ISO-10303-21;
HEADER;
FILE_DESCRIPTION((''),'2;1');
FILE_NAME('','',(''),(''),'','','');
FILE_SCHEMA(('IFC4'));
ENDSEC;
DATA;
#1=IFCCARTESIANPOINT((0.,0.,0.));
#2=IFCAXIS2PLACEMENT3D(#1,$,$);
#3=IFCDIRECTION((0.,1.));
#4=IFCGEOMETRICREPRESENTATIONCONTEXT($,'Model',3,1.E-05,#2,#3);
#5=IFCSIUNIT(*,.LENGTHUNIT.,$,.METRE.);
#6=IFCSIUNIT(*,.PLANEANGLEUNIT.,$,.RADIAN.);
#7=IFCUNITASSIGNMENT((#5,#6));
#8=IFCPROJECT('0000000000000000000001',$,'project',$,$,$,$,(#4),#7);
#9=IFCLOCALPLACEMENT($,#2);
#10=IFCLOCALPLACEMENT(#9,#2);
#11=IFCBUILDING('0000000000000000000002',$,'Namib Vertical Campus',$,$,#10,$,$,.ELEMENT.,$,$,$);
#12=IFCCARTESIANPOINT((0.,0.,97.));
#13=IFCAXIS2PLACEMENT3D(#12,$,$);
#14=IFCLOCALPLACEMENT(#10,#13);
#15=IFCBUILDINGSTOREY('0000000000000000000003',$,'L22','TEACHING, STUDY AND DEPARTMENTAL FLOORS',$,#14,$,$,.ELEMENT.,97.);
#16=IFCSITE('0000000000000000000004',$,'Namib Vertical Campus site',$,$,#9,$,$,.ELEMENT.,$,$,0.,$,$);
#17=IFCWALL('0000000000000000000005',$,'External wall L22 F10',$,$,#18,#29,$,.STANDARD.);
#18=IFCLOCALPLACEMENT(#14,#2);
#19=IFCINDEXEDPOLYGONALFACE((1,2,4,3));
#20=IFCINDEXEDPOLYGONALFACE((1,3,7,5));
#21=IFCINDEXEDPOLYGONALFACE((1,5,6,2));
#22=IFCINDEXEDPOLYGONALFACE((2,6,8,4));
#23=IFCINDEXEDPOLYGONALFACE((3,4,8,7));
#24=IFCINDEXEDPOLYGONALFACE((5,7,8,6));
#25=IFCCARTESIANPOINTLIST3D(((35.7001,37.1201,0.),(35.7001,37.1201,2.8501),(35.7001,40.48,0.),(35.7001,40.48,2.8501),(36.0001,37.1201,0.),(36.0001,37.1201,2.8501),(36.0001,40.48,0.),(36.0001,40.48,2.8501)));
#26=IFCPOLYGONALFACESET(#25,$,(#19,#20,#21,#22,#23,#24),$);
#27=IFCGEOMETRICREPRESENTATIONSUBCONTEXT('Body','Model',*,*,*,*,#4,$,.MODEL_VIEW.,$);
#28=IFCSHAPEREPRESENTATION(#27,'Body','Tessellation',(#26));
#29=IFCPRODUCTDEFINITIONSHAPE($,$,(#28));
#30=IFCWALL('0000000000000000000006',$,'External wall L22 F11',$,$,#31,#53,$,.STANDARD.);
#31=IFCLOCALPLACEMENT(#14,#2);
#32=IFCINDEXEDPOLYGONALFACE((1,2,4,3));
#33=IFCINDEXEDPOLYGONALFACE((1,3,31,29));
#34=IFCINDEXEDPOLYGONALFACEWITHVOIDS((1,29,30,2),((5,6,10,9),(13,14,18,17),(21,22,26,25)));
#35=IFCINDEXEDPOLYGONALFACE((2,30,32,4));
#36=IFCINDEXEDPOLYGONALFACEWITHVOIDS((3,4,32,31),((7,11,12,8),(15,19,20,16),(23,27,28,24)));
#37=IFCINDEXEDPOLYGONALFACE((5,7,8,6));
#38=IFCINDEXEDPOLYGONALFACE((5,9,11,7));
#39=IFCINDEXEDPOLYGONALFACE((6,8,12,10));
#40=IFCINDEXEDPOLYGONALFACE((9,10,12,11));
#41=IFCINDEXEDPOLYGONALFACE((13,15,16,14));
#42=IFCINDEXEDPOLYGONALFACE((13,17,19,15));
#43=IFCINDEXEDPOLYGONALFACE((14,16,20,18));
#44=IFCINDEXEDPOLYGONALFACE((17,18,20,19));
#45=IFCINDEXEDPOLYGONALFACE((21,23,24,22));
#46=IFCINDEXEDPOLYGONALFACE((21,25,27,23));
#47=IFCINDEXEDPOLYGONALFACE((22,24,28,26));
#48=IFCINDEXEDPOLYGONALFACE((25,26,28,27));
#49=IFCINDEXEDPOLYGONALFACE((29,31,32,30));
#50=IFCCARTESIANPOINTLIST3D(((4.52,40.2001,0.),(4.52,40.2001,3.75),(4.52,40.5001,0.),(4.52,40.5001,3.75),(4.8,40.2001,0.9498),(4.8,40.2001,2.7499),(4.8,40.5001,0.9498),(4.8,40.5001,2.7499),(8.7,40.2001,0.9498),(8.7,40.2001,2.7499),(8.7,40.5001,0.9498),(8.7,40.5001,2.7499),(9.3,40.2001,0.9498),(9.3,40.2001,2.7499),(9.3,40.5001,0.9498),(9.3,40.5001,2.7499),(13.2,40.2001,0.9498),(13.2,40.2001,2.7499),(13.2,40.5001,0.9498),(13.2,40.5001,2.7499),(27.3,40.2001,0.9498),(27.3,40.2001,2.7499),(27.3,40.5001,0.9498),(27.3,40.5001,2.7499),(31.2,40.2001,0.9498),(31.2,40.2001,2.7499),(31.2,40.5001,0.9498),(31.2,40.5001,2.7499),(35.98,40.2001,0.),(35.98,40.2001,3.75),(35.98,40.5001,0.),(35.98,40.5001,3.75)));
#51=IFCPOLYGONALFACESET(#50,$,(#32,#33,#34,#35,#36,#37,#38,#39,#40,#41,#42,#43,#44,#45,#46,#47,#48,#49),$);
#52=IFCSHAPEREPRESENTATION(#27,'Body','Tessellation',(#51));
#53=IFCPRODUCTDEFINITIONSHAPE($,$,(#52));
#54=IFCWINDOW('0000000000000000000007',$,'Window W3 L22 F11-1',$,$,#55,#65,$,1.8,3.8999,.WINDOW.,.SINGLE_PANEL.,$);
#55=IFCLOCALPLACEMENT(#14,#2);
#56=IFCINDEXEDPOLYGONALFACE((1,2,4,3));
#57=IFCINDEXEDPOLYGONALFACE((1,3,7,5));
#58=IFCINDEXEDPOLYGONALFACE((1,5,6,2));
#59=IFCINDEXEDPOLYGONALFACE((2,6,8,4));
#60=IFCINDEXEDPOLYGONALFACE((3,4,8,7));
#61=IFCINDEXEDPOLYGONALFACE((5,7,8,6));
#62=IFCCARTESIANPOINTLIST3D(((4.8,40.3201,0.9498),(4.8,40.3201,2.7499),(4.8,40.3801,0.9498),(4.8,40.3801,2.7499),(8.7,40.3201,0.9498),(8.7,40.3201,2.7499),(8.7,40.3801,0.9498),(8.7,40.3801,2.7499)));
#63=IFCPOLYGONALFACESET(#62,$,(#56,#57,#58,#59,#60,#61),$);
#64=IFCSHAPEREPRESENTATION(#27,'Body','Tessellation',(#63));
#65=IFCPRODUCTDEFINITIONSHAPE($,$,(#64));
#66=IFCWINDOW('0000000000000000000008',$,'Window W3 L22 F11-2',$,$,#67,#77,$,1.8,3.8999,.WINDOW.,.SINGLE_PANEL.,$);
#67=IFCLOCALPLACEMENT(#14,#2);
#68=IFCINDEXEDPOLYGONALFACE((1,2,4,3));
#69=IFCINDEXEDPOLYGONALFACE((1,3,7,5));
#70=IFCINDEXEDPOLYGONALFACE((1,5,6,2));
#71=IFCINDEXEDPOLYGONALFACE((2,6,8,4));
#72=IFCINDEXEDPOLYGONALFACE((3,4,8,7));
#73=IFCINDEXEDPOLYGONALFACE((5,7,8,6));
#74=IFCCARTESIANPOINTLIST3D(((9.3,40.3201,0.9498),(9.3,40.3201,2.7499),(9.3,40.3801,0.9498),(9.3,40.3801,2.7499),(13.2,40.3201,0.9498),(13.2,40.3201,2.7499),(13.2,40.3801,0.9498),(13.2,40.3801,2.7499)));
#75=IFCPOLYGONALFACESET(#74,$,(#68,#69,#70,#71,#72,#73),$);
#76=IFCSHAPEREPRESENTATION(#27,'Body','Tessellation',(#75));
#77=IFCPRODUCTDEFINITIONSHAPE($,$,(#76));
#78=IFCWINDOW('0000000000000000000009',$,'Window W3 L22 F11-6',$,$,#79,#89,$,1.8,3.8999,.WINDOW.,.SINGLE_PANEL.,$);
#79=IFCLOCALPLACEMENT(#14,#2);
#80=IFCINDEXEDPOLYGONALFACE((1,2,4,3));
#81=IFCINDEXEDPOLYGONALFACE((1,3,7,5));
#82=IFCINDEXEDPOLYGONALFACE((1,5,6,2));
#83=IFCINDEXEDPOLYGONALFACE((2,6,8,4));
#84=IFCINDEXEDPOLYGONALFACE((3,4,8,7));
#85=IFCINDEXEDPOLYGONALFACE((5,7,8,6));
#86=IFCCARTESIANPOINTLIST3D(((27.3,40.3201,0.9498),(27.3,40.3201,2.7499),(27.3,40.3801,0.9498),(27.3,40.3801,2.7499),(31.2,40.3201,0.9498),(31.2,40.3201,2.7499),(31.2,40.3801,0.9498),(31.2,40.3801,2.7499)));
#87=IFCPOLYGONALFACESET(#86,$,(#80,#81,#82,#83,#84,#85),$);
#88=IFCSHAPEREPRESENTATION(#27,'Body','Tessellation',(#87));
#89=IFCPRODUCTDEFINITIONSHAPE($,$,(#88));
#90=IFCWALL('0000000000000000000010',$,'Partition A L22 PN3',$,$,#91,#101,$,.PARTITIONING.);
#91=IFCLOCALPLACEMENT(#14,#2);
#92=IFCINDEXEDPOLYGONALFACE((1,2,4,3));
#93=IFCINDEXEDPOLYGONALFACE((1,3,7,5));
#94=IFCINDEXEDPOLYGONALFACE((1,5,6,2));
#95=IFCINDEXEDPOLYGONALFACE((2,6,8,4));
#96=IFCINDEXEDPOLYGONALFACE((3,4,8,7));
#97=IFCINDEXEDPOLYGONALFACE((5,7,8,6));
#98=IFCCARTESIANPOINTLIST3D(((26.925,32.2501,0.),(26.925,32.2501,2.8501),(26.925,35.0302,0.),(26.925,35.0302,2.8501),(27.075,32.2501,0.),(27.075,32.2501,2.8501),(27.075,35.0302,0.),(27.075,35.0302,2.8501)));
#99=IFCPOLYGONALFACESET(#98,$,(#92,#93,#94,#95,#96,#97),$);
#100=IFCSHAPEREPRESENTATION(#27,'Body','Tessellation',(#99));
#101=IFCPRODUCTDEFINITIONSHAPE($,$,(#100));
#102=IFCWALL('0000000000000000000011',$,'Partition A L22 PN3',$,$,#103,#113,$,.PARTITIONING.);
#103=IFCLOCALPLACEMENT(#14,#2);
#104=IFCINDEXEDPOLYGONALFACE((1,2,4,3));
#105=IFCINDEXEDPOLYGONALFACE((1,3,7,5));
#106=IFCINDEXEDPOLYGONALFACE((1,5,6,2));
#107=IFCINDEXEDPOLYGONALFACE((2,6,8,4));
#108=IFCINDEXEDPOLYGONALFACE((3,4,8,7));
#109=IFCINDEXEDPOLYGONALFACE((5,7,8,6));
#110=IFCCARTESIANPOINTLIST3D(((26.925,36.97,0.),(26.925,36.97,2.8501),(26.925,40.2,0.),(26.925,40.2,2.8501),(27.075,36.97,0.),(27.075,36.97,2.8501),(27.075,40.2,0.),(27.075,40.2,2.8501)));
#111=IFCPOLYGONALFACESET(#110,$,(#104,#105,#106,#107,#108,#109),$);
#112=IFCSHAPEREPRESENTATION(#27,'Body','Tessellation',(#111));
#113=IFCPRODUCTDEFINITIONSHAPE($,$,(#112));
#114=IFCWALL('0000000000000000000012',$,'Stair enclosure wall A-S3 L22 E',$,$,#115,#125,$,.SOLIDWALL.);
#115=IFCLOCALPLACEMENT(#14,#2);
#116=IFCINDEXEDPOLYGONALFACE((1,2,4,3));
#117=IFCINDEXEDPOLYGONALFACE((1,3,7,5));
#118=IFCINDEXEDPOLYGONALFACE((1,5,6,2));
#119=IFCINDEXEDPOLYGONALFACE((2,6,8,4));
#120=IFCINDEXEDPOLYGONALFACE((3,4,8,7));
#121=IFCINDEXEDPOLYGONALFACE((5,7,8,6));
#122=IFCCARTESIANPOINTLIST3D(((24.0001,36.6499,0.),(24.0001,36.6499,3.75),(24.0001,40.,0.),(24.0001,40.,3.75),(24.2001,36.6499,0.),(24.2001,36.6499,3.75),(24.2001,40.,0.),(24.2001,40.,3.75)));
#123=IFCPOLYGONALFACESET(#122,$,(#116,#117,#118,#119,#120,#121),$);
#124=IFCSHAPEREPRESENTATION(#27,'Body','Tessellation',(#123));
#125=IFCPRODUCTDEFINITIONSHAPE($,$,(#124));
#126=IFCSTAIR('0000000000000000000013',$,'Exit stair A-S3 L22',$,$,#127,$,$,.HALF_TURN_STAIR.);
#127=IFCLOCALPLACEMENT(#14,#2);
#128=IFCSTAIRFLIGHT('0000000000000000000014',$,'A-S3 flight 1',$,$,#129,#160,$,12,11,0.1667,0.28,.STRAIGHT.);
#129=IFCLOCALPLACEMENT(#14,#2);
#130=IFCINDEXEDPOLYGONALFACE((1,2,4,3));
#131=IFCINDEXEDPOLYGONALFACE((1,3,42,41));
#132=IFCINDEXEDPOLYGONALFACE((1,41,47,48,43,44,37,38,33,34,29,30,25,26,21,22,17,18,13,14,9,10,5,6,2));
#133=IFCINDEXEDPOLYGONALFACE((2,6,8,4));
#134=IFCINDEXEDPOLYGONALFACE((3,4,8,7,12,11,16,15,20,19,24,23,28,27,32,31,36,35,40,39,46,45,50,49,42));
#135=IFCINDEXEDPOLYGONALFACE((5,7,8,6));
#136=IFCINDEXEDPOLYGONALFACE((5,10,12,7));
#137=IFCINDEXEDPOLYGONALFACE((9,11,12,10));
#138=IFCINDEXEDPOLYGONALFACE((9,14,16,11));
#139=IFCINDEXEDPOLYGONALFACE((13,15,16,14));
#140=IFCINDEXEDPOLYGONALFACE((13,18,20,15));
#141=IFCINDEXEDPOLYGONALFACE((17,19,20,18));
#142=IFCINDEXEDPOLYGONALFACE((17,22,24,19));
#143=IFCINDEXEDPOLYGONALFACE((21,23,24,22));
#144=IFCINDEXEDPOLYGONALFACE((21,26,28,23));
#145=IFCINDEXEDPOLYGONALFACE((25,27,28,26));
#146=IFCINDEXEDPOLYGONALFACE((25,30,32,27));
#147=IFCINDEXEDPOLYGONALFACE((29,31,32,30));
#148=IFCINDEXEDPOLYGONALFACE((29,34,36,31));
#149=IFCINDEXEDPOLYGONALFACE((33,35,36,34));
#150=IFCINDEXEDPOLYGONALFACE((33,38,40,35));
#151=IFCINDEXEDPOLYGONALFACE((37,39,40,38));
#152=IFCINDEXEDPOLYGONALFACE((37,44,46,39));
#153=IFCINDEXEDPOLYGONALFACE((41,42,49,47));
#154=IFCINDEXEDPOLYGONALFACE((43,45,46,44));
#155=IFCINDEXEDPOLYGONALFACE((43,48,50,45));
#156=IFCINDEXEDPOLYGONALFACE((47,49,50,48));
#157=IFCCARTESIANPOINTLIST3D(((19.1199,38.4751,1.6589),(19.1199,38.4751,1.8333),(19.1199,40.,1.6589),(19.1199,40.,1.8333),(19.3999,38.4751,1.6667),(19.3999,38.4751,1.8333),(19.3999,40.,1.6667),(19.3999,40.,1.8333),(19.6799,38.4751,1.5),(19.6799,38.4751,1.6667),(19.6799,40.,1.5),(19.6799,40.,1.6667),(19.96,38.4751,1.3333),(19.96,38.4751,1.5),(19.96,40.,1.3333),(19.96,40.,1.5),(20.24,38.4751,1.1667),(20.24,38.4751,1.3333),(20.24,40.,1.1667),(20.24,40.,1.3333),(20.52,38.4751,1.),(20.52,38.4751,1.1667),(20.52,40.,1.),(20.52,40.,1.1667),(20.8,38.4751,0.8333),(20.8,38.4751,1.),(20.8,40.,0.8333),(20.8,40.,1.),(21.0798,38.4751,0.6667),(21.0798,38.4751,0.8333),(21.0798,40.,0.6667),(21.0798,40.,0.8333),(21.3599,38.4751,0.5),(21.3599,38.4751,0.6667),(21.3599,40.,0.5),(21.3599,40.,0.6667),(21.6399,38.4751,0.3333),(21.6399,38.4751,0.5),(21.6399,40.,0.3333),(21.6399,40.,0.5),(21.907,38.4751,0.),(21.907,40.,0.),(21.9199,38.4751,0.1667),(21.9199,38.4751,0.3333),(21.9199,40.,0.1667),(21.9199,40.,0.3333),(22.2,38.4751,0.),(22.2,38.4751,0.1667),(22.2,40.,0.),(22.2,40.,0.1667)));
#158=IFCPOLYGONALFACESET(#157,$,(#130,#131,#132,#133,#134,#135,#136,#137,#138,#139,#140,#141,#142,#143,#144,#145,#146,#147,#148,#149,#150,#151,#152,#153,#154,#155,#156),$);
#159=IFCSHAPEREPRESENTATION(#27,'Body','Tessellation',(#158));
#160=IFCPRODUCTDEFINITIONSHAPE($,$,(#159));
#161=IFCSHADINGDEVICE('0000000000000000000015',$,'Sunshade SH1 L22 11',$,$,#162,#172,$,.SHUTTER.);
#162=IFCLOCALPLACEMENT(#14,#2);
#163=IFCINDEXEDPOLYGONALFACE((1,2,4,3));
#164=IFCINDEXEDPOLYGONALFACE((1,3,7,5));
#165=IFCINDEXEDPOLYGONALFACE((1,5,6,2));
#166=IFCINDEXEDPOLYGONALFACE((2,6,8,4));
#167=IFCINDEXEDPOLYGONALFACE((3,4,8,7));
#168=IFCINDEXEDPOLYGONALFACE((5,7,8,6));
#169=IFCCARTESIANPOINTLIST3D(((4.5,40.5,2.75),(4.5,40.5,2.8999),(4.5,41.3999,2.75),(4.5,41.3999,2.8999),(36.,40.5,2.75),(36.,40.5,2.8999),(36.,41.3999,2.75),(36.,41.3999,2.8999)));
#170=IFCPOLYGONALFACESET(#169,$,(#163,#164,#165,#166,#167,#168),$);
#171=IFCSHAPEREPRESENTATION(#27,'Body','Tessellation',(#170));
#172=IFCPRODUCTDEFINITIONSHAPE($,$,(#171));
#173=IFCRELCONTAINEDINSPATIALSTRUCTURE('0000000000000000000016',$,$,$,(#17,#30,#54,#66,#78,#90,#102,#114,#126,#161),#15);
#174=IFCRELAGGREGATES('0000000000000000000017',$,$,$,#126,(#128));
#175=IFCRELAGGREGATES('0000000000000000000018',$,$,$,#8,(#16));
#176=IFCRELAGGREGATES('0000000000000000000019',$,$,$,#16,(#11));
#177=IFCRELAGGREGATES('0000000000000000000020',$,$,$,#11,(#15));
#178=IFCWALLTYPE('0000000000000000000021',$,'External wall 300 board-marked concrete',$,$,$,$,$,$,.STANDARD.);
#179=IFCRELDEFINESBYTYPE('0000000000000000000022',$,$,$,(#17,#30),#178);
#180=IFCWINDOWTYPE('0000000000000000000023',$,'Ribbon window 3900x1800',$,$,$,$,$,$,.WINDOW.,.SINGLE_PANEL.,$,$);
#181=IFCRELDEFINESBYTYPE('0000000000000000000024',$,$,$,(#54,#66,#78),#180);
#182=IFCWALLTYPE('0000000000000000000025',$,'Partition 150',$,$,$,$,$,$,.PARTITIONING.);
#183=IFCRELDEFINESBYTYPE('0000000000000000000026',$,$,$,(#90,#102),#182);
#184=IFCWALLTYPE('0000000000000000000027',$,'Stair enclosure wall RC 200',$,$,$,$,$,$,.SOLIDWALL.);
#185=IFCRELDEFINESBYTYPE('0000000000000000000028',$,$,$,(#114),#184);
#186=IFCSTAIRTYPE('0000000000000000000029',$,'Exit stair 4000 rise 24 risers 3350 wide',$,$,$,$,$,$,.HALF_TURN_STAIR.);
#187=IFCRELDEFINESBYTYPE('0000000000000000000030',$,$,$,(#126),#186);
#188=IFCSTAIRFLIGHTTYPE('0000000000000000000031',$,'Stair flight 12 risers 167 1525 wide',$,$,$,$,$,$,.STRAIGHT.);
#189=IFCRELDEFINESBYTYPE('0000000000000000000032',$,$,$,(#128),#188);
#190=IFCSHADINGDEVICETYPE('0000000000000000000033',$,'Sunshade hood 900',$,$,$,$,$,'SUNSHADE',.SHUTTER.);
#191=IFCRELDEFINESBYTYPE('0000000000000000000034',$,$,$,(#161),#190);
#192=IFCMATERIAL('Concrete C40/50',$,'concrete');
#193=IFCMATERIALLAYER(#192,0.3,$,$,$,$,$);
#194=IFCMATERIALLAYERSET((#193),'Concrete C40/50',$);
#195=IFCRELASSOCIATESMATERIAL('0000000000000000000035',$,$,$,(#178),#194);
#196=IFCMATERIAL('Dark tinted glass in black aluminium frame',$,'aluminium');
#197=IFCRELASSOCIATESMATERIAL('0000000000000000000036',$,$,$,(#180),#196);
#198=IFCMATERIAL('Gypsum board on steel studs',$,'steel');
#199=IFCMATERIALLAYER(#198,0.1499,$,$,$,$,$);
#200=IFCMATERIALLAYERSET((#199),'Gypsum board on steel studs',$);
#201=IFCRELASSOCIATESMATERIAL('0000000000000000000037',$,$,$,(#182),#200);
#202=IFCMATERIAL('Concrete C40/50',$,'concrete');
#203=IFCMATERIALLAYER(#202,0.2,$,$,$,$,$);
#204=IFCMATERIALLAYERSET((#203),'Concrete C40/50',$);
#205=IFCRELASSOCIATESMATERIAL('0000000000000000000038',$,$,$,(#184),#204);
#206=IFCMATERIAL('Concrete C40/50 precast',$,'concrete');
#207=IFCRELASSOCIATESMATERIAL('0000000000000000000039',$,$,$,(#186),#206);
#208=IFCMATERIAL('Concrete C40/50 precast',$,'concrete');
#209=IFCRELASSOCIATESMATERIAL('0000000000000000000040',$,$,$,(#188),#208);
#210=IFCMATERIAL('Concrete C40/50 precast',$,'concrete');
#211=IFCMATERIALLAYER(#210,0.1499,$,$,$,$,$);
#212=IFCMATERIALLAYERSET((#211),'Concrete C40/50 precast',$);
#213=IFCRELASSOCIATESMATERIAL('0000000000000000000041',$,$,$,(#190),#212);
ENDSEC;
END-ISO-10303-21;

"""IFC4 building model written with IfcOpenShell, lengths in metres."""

from ifc_helpers import new_model, si_unit, direction, frame, frame_2d, origin, origin_2d, place, context, subcontext, project, spatial, polyline, rectangle, outline, extrude, material, layer, layer_set, type_object, element, fill, aggregate, save


model = new_model("IFC4")

# Units and contexts
model_context = context("Model", 3, precision=1e-05, world=origin(), true_north=direction((0.0, 1.0)))
body_context = subcontext(model_context, "Body", "Model", "MODEL_VIEW")
ifc_project = project(units=[si_unit("LENGTHUNIT", "METRE"), si_unit("PLANEANGLEUNIT", "RADIAN")], contexts=[model_context])

# Site, building, storey
site_placement = place(None, origin())
site = spatial("IfcSite", under=ifc_project, at=site_placement, Name="Namib Vertical Campus site", CompositionType="ELEMENT", RefElevation=0.0)
building_placement = place(site_placement, origin())
building = spatial("IfcBuilding", under=site, at=building_placement, Name="Namib Vertical Campus", CompositionType="ELEMENT")
storey_placement = place(building_placement, frame((0.0, 0.0, 97.0)))
storey = spatial("IfcBuildingStorey", under=building, at=storey_placement, Name="L22", Description="TEACHING, STUDY AND DEPARTMENTAL FLOORS", CompositionType="ELEMENT", Elevation=97.0)

# Wall
ifc_material_1 = material(Name="Concrete C40/50", Category="concrete")
ifc_layer_1 = layer(ifc_material_1, 0.3)
ifc_layer_set_1 = layer_set([ifc_layer_1], Name="Concrete C40/50")
wall_type_1 = type_object("IfcWallType", Name="External wall 300 board-marked concrete", PredefinedType="STANDARD", material=ifc_layer_set_1)
wall_1_placement = place(storey_placement, frame((35.8501, 37.1201, 0.0), z_axis=(0.0, 0.0, 1.0), x_axis=(0.0, 1.0, 0.0)))
element("IfcWall", 1, at=wall_1_placement, inside=storey, type_object=wall_type_1, Name="External wall L22 F10", PredefinedType="STANDARD", context=body_context, shape_type="SweptSolid", body=[
    extrude(rectangle(XDim=3.3599, YDim=0.3, at=frame_2d((1.6799, 0.0))), origin(), (0.0, 0.0, 1.0), 2.8501),
])

# Wall, openings, windows
wall_2_placement = place(storey_placement, frame((35.98, 40.3501, 0.0), z_axis=(0.0, 0.0, 1.0), x_axis=(-1.0, 0.0, 0.0)))
wall_2 = element("IfcWall", 2, at=wall_2_placement, inside=storey, type_object=wall_type_1, Name="External wall L22 F11", PredefinedType="STANDARD", context=body_context, shape_type="SweptSolid", body=[
    extrude(rectangle(XDim=31.46, YDim=0.3, at=frame_2d((15.73, 0.0))), origin(), (0.0, 0.0, 1.0), 3.75),
])
opening_1_placement = place(wall_2_placement, frame((27.28, 0.0, 0.95)))
opening_1 = element("IfcOpeningElement", 3, at=opening_1_placement, cuts=wall_2, PredefinedType="OPENING", context=body_context, shape_type="SweptSolid", body=[
    extrude(rectangle(XDim=3.8999, YDim=1.8, at=frame_2d((1.95, 0.8999))), frame((0.0, 0.1599, 0.0), z_axis=(0.0, -1.0, 0.0), x_axis=(1.0, 0.0, 0.0)), (0.0, 0.0, 1.0), 0.3201),
])
opening_2_placement = place(wall_2_placement, frame((22.78, 0.0, 0.95)))
opening_2 = element("IfcOpeningElement", 4, at=opening_2_placement, cuts=wall_2, PredefinedType="OPENING", context=body_context, shape_type="SweptSolid", body=[
    extrude(rectangle(XDim=3.8999, YDim=1.8, at=frame_2d((1.95, 0.8999))), frame((0.0, 0.1599, 0.0), z_axis=(0.0, -1.0, 0.0), x_axis=(1.0, 0.0, 0.0)), (0.0, 0.0, 1.0), 0.3201),
])
opening_3_placement = place(wall_2_placement, frame((4.78, 0.0, 0.95)))
opening_3 = element("IfcOpeningElement", 5, at=opening_3_placement, cuts=wall_2, PredefinedType="OPENING", context=body_context, shape_type="SweptSolid", body=[
    extrude(rectangle(XDim=3.8999, YDim=1.8, at=frame_2d((1.95, 0.8999))), frame((0.0, 0.1599, 0.0), z_axis=(0.0, -1.0, 0.0), x_axis=(1.0, 0.0, 0.0)), (0.0, 0.0, 1.0), 0.3201),
])
ifc_material_2 = material(Name="Dark tinted glass in black aluminium frame", Category="aluminium")
window_type = type_object("IfcWindowType", Name="Ribbon window 3900x1800", PartitioningType="SINGLE_PANEL", PredefinedType="WINDOW", material=ifc_material_2)
window_1_placement = place(opening_1_placement, origin())
window_1 = element("IfcWindow", 6, at=window_1_placement, inside=storey, type_object=window_type, Name="Window W3 L22 F11-1", OverallHeight=1.8, OverallWidth=3.8999, PartitioningType="SINGLE_PANEL", PredefinedType="WINDOW", context=body_context, shape_type="SweptSolid", body=[
    extrude(rectangle(XDim=3.8999, YDim=1.8, at=frame_2d((1.95, 0.8999))), frame((0.0, 0.03, 0.0), z_axis=(0.0, -1.0, 0.0), x_axis=(1.0, 0.0, 0.0)), (0.0, 0.0, 1.0), 0.0601),
])
fill(opening_1, window_1)
window_2_placement = place(opening_2_placement, origin())
window_2 = element("IfcWindow", 7, at=window_2_placement, inside=storey, type_object=window_type, Name="Window W3 L22 F11-2", OverallHeight=1.8, OverallWidth=3.8999, PartitioningType="SINGLE_PANEL", PredefinedType="WINDOW", context=body_context, shape_type="SweptSolid", body=[
    extrude(rectangle(XDim=3.8999, YDim=1.8, at=frame_2d((1.95, 0.8999))), frame((0.0, 0.03, 0.0), z_axis=(0.0, -1.0, 0.0), x_axis=(1.0, 0.0, 0.0)), (0.0, 0.0, 1.0), 0.0601),
])
fill(opening_2, window_2)
window_3_placement = place(opening_3_placement, origin())
window_3 = element("IfcWindow", 8, at=window_3_placement, inside=storey, type_object=window_type, Name="Window W3 L22 F11-6", OverallHeight=1.8, OverallWidth=3.8999, PartitioningType="SINGLE_PANEL", PredefinedType="WINDOW", context=body_context, shape_type="SweptSolid", body=[
    extrude(rectangle(XDim=3.8999, YDim=1.8, at=frame_2d((1.95, 0.8999))), frame((0.0, 0.03, 0.0), z_axis=(0.0, -1.0, 0.0), x_axis=(1.0, 0.0, 0.0)), (0.0, 0.0, 1.0), 0.0601),
])
fill(opening_3, window_3)

# Walls
ifc_material_3 = material(Name="Gypsum board on steel studs", Category="steel")
ifc_layer_2 = layer(ifc_material_3, 0.1499)
ifc_layer_set_2 = layer_set([ifc_layer_2], Name="Gypsum board on steel studs")
wall_type_2 = type_object("IfcWallType", Name="Partition 150", PredefinedType="PARTITIONING", material=ifc_layer_set_2)
wall_3_placement = place(storey_placement, frame((27.0, 32.25, 0.0), z_axis=(0.0, 0.0, 1.0), x_axis=(0.0, 1.0, 0.0)))
element("IfcWall", 9, at=wall_3_placement, inside=storey, type_object=wall_type_2, Name="Partition A L22 PN3", PredefinedType="PARTITIONING", context=body_context, shape_type="SweptSolid", body=[
    extrude(rectangle(XDim=2.78, YDim=0.1499, at=frame_2d((1.3901, 0.0))), origin(), (0.0, 0.0, 1.0), 2.8501),
])
wall_4_placement = place(storey_placement, frame((27.0, 36.97, 0.0), z_axis=(0.0, 0.0, 1.0), x_axis=(0.0, 1.0, 0.0)))
element("IfcWall", 10, at=wall_4_placement, inside=storey, type_object=wall_type_2, Name="Partition A L22 PN3", PredefinedType="PARTITIONING", context=body_context, shape_type="SweptSolid", body=[
    extrude(rectangle(XDim=3.23, YDim=0.1499, at=frame_2d((1.615, 0.0))), origin(), (0.0, 0.0, 1.0), 2.8501),
])
ifc_material_4 = material(Name="Concrete C40/50", Category="concrete")
ifc_layer_3 = layer(ifc_material_4, 0.2)
ifc_layer_set_3 = layer_set([ifc_layer_3], Name="Concrete C40/50")
wall_type_3 = type_object("IfcWallType", Name="Stair enclosure wall RC 200", PredefinedType="SOLIDWALL", material=ifc_layer_set_3)
wall_5_placement = place(storey_placement, frame((24.1001, 36.6499, 0.0), z_axis=(0.0, 0.0, 1.0), x_axis=(0.0, 1.0, 0.0)))
element("IfcWall", 11, at=wall_5_placement, inside=storey, type_object=wall_type_3, Name="Stair enclosure wall A-S3 L22 E", PredefinedType="SOLIDWALL", context=body_context, shape_type="SweptSolid", body=[
    extrude(rectangle(XDim=3.3501, YDim=0.2, at=frame_2d((1.675, 0.0))), origin(), (0.0, 0.0, 1.0), 3.75),
])

# Stair, stair flight
ifc_material_5 = material(Name="Concrete C40/50 precast", Category="concrete")
stair_type = type_object("IfcStairType", Name="Exit stair 4000 rise 24 risers 3350 wide", PredefinedType="HALF_TURN_STAIR", material=ifc_material_5)
stair_placement = place(storey_placement, origin())
stair = element("IfcStair", 12, at=stair_placement, inside=storey, type_object=stair_type, Name="Exit stair A-S3 L22", PredefinedType="HALF_TURN_STAIR")
ifc_material_6 = material(Name="Concrete C40/50 precast", Category="concrete")
stair_flight_type = type_object("IfcStairFlightType", Name="Stair flight 12 risers 167 1525 wide", PredefinedType="STRAIGHT", material=ifc_material_6)
stair_flight_placement = place(storey_placement, frame((22.2, 39.2375, 0.0), z_axis=(0.0, 0.0, 1.0), x_axis=(-1.0, 0.0, 0.0)))
stair_flight = element("IfcStairFlight", 13, at=stair_flight_placement, type_object=stair_flight_type, Name="A-S3 flight 1", NumberOfRisers=12, NumberOfTreads=11, PredefinedType="STRAIGHT", RiserHeight=0.1667, TreadLength=0.28, context=body_context, shape_type="SweptSolid", body=[
    extrude(outline(polyline([(0.0, 0.0), (0.0, 0.1667), (0.28, 0.1667), (0.28, 0.3333), (0.5601, 0.3333), (0.5601, 0.5), (0.8401, 0.5), (0.8401, 0.6667), (1.1201, 0.6667), (1.1201, 0.8333), (1.3999, 0.8333), (1.3999, 1.0), (1.6799, 1.0), (1.6799, 1.1667), (1.96, 1.1667), (1.96, 1.3333), (2.24, 1.3333), (2.24, 1.5), (2.52, 1.5), (2.52, 1.6667), (2.8, 1.6667), (2.8, 1.8333), (3.0801, 1.8333), (3.0801, 2.0), (3.0801, 1.6589), (0.293, 0.0), (0.0, 0.0)])), frame((0.0, 0.7625, 0.0), z_axis=(0.0, -1.0, 0.0), x_axis=(1.0, 0.0, 0.0)), (0.0, 0.0, 1.0), 1.5249),
])
aggregate(stair, [stair_flight])

# Shading device
ifc_material_7 = material(Name="Concrete C40/50 precast", Category="concrete")
ifc_layer_4 = layer(ifc_material_7, 0.1499)
ifc_layer_set_4 = layer_set([ifc_layer_4], Name="Concrete C40/50 precast")
shading_device_type = type_object("IfcShadingDeviceType", Name="Sunshade hood 900", ElementType="SUNSHADE", PredefinedType="SHUTTER", material=ifc_layer_set_4)
shading_device_placement = place(storey_placement, frame((20.25, 40.95, 2.75), z_axis=(0.0, 0.0, 1.0), x_axis=(-1.0, 0.0, 0.0)))
element("IfcShadingDevice", 14, at=shading_device_placement, inside=storey, type_object=shading_device_type, Name="Sunshade SH1 L22 11", PredefinedType="SHUTTER", context=body_context, shape_type="SweptSolid", body=[
    extrude(rectangle(XDim=31.5, YDim=0.8999, at=origin_2d()), origin(), (0.0, 0.0, 1.0), 0.1499),
])

save(model, "model.ifc")
